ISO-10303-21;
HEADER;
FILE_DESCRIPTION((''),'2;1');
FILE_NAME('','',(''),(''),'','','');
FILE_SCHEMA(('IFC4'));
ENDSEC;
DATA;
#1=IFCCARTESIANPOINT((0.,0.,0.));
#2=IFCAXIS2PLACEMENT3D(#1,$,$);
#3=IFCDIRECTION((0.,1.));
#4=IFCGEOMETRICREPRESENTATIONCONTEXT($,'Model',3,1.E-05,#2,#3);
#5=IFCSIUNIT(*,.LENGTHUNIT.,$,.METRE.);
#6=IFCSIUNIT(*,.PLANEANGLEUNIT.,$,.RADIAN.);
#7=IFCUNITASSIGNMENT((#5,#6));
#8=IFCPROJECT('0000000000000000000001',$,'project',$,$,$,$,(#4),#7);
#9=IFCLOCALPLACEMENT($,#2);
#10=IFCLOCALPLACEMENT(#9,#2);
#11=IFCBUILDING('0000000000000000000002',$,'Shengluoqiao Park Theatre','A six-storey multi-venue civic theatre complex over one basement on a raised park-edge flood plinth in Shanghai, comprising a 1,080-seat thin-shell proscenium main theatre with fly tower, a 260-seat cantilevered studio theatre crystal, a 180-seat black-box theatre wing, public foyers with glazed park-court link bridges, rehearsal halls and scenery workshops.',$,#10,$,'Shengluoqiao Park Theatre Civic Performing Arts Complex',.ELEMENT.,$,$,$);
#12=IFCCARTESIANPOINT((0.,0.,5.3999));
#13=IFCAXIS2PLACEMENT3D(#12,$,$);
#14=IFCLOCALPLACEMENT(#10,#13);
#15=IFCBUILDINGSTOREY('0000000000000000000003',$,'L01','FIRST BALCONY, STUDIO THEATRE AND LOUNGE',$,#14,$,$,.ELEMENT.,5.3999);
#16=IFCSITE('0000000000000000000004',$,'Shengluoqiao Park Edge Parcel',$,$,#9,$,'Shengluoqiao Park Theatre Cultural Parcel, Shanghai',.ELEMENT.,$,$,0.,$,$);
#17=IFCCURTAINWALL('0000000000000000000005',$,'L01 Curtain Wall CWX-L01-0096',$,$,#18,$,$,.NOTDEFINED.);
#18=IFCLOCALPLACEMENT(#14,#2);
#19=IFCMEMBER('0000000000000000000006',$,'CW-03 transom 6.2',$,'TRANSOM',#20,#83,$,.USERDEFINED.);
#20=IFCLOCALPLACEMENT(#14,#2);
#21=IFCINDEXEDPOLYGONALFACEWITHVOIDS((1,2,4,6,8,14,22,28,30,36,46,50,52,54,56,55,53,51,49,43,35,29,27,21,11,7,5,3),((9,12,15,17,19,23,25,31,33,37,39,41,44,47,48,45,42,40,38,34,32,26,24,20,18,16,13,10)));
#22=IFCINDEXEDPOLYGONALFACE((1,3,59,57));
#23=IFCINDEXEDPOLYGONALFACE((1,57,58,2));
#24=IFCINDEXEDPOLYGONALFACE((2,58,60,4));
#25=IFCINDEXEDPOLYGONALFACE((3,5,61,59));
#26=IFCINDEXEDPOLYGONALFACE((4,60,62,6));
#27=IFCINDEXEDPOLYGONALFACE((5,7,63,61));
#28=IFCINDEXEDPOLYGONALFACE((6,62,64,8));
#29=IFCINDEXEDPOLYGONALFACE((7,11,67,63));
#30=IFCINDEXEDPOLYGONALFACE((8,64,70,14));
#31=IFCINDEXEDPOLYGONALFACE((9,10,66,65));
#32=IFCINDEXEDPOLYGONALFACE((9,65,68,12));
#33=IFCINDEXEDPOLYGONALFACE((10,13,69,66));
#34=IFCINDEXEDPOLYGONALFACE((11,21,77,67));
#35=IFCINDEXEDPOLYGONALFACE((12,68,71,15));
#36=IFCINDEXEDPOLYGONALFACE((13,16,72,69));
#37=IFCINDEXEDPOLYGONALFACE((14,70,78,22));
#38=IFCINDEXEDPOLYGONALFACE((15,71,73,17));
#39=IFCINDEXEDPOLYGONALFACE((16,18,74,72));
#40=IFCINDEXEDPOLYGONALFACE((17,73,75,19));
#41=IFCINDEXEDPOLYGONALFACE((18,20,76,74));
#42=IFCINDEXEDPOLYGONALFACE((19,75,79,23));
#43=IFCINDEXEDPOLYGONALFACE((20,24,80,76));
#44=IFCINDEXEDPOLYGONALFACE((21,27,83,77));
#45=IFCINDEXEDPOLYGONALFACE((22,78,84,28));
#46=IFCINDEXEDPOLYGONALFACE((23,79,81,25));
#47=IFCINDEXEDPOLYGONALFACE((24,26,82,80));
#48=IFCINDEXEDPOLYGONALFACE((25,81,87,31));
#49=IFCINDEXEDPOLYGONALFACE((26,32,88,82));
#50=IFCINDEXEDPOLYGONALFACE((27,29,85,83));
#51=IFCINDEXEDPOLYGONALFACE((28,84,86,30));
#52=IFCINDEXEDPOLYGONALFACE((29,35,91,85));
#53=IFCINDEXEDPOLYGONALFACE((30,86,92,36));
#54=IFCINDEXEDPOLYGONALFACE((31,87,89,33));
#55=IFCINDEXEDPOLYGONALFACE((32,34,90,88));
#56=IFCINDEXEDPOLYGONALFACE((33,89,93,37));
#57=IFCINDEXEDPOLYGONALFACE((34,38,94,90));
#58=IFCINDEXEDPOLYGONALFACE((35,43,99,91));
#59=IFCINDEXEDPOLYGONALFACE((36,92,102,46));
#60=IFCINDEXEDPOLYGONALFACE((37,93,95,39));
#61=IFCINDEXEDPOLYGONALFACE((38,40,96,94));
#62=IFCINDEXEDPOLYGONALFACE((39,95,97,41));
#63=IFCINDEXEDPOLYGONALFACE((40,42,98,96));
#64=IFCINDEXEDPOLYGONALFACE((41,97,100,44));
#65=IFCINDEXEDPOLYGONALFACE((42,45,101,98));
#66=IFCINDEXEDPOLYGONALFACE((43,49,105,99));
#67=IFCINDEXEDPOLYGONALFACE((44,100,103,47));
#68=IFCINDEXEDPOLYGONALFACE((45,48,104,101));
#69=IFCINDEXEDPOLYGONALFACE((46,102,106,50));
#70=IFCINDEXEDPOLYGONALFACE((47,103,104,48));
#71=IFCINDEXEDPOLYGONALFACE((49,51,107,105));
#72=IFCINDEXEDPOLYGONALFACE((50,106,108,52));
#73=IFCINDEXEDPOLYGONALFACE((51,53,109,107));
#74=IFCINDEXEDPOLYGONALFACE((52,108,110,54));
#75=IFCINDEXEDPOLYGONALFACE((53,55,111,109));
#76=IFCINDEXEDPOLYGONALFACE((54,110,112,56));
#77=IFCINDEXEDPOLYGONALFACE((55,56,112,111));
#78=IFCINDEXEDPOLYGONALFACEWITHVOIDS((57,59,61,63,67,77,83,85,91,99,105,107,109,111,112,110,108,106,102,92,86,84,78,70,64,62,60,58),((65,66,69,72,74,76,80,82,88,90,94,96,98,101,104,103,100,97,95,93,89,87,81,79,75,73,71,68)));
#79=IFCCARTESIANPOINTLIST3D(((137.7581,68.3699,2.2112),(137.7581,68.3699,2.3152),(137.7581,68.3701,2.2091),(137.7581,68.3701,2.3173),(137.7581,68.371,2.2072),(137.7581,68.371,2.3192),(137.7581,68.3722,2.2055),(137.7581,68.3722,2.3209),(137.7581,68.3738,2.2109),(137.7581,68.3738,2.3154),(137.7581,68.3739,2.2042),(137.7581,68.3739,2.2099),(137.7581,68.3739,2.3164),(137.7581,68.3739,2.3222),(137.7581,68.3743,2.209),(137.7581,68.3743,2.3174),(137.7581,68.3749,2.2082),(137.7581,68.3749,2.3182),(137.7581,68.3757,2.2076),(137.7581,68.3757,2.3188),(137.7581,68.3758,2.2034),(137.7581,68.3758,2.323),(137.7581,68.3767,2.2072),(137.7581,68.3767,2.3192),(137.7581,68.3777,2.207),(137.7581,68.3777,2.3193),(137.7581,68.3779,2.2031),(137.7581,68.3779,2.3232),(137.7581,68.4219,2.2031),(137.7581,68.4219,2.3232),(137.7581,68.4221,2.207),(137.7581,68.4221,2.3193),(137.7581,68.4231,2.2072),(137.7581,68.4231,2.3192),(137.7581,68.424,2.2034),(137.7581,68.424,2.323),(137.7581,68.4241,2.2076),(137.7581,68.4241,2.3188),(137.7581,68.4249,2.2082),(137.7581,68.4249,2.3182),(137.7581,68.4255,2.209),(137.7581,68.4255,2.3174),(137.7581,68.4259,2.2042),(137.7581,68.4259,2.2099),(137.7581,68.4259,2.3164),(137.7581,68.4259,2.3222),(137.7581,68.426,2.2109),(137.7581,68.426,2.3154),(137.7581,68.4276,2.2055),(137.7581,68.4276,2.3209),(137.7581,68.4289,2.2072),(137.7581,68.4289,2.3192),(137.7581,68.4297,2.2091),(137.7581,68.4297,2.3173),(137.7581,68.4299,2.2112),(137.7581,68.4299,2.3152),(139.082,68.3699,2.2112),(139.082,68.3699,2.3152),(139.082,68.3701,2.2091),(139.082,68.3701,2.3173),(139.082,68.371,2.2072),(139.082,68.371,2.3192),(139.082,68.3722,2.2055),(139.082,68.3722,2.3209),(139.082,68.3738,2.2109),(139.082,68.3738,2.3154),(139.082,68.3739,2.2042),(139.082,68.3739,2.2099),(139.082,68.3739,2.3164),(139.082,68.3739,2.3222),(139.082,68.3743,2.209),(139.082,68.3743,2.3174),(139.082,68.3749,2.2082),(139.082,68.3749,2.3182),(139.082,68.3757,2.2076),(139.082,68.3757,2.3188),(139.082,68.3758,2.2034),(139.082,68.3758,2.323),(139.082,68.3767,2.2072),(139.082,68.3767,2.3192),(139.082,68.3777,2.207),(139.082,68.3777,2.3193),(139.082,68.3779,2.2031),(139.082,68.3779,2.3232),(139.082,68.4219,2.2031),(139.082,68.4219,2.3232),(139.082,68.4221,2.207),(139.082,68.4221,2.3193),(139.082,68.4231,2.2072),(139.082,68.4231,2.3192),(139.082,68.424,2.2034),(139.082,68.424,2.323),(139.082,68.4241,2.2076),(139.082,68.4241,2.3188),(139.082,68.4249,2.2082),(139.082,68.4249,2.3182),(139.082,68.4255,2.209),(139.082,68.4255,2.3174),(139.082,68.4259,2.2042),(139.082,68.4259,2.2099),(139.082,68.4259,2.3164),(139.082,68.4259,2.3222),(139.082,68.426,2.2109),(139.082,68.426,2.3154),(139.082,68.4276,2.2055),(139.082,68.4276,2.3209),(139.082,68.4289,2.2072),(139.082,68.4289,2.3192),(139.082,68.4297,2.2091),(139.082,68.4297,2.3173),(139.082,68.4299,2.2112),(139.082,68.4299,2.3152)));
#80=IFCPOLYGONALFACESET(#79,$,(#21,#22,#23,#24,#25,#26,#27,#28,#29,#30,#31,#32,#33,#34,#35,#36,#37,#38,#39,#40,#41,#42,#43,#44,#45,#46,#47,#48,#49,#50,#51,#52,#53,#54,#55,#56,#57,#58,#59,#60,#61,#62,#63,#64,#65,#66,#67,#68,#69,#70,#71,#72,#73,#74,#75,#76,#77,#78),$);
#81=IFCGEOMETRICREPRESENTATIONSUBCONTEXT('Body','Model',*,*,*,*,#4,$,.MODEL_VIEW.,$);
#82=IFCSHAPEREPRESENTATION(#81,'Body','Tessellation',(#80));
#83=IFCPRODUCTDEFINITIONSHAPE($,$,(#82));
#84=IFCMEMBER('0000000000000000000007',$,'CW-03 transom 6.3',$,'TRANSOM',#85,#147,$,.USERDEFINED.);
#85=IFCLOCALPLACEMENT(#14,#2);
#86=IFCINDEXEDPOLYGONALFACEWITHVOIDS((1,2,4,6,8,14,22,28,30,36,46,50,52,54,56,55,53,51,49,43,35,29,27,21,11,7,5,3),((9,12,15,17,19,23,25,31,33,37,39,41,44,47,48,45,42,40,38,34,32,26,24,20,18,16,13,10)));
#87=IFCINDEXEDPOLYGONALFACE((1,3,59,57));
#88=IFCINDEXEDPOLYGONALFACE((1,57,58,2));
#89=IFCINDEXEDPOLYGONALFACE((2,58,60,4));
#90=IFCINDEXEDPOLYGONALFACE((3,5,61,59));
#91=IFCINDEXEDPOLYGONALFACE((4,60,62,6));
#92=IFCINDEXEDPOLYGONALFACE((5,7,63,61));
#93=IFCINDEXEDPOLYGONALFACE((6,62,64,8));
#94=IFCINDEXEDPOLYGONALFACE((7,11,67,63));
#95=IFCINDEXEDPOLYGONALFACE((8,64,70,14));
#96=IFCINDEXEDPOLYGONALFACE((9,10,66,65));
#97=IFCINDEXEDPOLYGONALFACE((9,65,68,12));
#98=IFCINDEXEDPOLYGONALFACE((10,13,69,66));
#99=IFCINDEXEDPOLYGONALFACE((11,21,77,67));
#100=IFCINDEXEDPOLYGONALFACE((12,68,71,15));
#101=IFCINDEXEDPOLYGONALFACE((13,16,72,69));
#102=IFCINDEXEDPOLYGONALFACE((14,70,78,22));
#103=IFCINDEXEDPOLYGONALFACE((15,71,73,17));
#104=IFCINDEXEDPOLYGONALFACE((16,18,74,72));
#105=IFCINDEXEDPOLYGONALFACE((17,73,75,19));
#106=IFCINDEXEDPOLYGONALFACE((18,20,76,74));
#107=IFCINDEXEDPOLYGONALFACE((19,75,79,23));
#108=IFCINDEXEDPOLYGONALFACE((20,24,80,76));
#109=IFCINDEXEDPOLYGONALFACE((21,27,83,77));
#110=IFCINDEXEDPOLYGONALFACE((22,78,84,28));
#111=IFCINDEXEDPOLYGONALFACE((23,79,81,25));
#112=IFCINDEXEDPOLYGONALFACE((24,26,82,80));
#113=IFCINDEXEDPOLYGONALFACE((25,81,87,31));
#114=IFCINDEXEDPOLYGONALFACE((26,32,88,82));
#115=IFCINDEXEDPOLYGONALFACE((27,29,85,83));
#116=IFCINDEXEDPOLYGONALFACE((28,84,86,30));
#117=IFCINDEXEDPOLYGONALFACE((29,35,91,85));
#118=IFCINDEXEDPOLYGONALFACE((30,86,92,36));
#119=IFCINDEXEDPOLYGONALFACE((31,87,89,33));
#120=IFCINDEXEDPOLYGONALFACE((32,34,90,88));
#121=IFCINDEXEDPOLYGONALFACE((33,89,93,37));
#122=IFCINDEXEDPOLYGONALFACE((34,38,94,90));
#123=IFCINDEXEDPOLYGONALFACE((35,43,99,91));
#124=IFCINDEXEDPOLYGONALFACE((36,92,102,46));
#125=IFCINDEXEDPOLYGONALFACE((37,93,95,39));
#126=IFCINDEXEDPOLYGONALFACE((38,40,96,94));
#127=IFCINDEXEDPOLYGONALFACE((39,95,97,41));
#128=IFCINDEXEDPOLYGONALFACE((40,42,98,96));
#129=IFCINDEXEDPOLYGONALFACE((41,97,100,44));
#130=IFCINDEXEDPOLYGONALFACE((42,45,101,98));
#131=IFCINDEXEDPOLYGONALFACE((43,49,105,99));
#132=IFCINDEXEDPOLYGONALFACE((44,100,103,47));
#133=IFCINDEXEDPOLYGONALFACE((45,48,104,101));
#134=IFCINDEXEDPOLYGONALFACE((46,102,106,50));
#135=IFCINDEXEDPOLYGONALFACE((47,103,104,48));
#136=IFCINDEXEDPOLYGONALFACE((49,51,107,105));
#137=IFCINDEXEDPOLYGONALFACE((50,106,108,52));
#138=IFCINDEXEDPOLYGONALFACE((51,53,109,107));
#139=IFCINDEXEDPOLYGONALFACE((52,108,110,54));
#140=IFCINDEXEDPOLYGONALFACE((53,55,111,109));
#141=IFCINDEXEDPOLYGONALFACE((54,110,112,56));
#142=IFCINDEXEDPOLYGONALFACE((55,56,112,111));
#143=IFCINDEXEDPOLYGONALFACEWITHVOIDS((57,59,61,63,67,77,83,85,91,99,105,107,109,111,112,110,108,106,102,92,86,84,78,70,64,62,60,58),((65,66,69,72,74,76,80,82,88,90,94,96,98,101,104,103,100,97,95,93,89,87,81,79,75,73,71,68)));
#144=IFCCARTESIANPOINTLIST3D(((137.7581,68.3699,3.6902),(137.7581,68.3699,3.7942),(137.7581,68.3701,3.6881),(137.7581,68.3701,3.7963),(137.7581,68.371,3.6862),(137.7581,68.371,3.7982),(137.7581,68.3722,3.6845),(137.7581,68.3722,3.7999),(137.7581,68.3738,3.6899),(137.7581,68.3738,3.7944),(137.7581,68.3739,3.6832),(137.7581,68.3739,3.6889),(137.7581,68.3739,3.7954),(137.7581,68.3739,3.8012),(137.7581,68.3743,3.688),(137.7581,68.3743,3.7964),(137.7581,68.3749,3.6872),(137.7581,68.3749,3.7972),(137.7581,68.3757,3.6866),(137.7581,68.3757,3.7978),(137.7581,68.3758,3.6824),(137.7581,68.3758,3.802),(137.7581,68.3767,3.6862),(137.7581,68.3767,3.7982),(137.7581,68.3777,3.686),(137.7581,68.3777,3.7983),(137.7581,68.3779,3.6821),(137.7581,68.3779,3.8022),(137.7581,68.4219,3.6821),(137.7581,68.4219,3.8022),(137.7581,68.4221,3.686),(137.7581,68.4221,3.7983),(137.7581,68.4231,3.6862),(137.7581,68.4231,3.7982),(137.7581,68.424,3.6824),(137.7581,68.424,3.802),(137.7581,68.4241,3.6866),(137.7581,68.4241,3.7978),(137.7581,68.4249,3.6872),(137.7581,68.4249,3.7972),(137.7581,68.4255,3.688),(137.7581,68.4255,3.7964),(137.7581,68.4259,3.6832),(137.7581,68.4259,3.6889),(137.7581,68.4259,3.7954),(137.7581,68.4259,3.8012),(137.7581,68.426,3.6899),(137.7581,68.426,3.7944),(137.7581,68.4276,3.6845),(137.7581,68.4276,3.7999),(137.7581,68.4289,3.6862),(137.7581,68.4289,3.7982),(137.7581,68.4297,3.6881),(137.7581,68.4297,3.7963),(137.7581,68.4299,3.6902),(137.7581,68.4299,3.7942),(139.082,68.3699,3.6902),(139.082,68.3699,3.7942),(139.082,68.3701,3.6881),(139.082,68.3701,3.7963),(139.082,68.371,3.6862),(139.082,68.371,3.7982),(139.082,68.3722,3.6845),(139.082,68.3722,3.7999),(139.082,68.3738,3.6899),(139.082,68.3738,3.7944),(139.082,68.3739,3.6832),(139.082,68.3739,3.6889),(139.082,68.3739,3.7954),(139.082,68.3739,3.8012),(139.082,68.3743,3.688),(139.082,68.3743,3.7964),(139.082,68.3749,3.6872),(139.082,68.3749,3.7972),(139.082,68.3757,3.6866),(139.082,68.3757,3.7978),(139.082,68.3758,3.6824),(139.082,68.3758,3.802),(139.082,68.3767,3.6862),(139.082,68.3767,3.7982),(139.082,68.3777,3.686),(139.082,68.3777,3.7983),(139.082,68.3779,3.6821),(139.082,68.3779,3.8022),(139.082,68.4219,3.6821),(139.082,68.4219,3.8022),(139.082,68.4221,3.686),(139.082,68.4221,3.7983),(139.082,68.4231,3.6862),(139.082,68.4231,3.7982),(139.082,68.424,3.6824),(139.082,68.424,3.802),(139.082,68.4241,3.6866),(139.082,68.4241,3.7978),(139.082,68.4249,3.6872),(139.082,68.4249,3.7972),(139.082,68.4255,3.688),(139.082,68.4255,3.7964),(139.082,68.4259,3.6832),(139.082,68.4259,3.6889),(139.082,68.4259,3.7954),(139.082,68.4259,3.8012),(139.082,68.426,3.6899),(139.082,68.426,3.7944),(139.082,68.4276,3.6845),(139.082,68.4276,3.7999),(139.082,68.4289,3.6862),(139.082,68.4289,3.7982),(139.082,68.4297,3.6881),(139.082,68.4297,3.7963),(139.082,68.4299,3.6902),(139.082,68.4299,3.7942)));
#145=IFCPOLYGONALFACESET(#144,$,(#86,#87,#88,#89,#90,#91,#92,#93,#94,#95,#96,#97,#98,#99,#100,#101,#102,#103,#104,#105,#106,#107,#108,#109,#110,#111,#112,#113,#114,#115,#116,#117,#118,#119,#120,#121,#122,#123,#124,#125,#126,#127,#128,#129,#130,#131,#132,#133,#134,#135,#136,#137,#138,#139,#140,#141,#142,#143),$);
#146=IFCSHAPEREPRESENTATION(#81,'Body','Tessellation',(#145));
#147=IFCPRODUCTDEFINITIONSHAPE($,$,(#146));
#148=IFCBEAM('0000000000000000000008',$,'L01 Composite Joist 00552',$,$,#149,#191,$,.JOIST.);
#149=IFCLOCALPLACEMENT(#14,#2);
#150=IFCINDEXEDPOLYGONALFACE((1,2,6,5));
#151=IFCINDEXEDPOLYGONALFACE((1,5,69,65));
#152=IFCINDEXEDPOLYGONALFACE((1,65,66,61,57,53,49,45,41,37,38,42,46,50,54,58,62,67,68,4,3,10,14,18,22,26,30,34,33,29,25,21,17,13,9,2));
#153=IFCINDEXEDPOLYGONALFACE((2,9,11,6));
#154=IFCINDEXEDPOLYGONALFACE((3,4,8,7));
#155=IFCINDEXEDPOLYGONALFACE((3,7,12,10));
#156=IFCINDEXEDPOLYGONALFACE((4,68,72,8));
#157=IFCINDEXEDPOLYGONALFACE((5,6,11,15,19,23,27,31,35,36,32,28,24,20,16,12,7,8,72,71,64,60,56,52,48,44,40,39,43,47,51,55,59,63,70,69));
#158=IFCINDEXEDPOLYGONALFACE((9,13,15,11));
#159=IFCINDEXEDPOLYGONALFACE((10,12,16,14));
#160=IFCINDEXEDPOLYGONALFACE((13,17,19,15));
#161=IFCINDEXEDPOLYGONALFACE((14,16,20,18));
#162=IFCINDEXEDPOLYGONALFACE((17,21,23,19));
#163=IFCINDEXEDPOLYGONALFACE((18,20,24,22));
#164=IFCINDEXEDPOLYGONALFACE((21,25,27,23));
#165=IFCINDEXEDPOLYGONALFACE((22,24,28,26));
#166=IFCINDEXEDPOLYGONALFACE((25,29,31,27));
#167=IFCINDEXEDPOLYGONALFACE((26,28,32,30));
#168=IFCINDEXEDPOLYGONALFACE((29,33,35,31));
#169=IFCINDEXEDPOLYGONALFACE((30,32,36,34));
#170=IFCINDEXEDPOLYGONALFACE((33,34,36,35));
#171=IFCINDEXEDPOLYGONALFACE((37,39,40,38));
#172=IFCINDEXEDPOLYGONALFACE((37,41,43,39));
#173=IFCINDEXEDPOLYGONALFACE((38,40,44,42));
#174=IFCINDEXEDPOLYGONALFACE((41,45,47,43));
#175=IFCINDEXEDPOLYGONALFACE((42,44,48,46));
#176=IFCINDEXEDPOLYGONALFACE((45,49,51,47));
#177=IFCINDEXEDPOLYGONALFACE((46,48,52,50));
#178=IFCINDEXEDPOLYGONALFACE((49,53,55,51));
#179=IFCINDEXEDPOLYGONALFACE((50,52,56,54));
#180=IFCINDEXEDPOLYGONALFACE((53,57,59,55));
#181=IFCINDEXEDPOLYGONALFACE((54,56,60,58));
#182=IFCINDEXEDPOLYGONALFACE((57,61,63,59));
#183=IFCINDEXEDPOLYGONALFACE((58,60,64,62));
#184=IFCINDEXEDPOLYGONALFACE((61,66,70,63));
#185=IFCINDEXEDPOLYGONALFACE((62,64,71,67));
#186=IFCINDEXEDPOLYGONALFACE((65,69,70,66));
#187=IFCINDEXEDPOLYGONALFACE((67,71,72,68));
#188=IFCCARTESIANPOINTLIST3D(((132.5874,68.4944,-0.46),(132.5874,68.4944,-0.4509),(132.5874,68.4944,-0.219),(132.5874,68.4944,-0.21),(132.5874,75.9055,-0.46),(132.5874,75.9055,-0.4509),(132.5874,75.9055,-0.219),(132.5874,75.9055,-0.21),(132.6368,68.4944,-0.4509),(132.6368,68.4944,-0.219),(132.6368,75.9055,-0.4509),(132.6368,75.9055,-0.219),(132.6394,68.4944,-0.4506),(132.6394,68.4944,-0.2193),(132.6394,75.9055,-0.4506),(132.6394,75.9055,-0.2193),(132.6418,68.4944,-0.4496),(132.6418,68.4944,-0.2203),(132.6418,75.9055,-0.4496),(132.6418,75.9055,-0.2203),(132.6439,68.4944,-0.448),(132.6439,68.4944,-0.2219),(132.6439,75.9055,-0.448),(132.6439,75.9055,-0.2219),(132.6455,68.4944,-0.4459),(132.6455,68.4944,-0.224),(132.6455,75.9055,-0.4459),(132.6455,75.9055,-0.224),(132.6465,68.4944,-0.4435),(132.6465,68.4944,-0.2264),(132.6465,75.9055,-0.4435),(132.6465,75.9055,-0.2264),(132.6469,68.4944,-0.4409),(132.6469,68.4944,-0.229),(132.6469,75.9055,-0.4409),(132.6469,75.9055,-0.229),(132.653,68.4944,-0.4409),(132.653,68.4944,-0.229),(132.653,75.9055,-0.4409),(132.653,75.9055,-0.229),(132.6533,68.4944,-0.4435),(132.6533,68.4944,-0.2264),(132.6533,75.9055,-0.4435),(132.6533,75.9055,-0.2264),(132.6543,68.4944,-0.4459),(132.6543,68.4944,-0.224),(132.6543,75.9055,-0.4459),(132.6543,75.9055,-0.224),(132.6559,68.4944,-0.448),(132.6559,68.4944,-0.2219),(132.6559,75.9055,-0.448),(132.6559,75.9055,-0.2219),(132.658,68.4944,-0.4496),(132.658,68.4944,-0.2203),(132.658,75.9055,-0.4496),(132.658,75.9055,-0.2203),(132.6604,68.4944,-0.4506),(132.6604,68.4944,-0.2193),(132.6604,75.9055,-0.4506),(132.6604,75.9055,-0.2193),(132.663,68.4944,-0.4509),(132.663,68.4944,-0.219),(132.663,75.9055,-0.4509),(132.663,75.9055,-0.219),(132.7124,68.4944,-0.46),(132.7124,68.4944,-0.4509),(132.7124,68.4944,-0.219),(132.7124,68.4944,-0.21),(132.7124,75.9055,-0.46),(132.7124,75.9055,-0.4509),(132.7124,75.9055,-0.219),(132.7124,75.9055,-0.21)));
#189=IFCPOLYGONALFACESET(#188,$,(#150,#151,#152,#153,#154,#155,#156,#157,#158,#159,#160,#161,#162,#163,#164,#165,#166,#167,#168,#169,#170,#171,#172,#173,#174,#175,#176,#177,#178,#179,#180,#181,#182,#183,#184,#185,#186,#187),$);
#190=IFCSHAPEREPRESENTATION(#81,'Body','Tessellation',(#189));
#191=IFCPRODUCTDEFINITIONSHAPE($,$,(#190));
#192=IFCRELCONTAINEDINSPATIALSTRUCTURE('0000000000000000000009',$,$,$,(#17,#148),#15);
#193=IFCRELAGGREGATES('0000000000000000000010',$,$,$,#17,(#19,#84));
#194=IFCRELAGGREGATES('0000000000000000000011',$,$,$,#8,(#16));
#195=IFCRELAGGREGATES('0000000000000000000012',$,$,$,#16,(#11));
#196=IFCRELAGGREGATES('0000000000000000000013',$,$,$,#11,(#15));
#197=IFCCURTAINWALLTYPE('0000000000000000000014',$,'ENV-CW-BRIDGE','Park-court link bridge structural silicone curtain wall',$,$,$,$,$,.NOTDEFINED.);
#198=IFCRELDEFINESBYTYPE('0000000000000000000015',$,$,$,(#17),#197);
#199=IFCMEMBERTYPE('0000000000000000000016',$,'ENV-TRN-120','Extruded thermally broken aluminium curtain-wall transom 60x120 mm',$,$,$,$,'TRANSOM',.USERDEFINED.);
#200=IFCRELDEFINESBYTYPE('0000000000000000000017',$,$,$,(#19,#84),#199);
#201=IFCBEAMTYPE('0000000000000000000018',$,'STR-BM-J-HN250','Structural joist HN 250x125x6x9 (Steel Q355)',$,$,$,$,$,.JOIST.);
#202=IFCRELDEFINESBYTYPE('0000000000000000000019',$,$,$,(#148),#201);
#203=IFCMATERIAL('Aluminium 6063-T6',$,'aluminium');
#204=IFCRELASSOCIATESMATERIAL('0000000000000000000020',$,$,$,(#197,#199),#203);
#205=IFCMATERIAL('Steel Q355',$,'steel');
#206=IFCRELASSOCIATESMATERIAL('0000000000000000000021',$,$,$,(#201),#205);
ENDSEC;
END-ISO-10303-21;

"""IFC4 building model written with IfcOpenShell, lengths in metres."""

from ifc_helpers import new_model, si_unit, direction, frame, origin, origin_2d, place, context, subcontext, project, spatial, hollow_rectangle, i_section, extrude, material, material_profile, profile_set, type_object, element, aggregate, save


model = new_model("IFC4")

# Units and contexts
model_context = context("Model", 3, precision=1e-05, world=origin(), true_north=direction((0.0, 1.0)))
body_context = subcontext(model_context, "Body", "Model", "MODEL_VIEW")
ifc_project = project(units=[si_unit("LENGTHUNIT", "METRE"), si_unit("PLANEANGLEUNIT", "RADIAN")], contexts=[model_context])

# Site, building, storey
site_placement = place(None, origin())
site = spatial("IfcSite", under=ifc_project, at=site_placement, Name="Shengluoqiao Park Edge Parcel", LongName="Shengluoqiao Park Theatre Cultural Parcel, Shanghai", CompositionType="ELEMENT", RefElevation=0.0)
building_placement = place(site_placement, origin())
building = spatial("IfcBuilding", under=site, at=building_placement, Name="Shengluoqiao Park Theatre", Description="A six-storey multi-venue civic theatre complex over one basement on a raised park-edge flood plinth in Shanghai, comprising a 1,080-seat thin-shell proscenium main theatre with fly tower, a 260-seat cantilevered studio theatre crystal, a 180-seat black-box theatre wing, public foyers with glazed park-court link bridges, rehearsal halls and scenery workshops.", LongName="Shengluoqiao Park Theatre Civic Performing Arts Complex", CompositionType="ELEMENT")
storey_placement = place(building_placement, frame((0.0, 0.0, 5.3999)))
storey = spatial("IfcBuildingStorey", under=building, at=storey_placement, Name="L01", Description="FIRST BALCONY, STUDIO THEATRE AND LOUNGE", CompositionType="ELEMENT", Elevation=5.3999)

# Curtain wall, members
ifc_material_1 = material(Name="Aluminium 6063-T6", Category="aluminium")
curtain_wall_type = type_object("IfcCurtainWallType", Name="ENV-CW-BRIDGE", Description="Park-court link bridge structural silicone curtain wall", PredefinedType="NOTDEFINED", material=ifc_material_1)
curtain_wall_placement = place(storey_placement, origin())
curtain_wall = element("IfcCurtainWall", 1, at=curtain_wall_placement, inside=storey, type_object=curtain_wall_type, Name="L01 Curtain Wall CWX-L01-0096", PredefinedType="NOTDEFINED")
ifc_material_profile_1 = material_profile(ifc_material_1, hollow_rectangle(XDim=0.0601, YDim=0.1201, WallThickness=0.0039, InnerFilletRadius=0.0039, OuterFilletRadius=0.0081, at=origin_2d()), Name="ALU TRANSOM 120x60x4")
ifc_profile_set_1 = profile_set([ifc_material_profile_1], Name="Aluminium 6063-T6")
member_type_1 = type_object("IfcMemberType", Name="ENV-TRN-120", Description="Extruded thermally broken aluminium curtain-wall transom 60x120 mm", ElementType="TRANSOM", PredefinedType="USERDEFINED", material=ifc_profile_set_1)
member_1_placement = place(storey_placement, frame((137.7581, 68.3999, 2.2632), z_axis=(1.0, 0.0, 0.0), x_axis=(0.0, 1.0, 0.0)))
member_1 = element("IfcMember", 2, at=member_1_placement, type_object=member_type_1, Name="CW-03 transom 6.2", ObjectType="TRANSOM", PredefinedType="USERDEFINED", context=body_context, shape_type="SweptSolid", body=[
    extrude(hollow_rectangle(XDim=0.0601, YDim=0.1201, WallThickness=0.0039, InnerFilletRadius=0.0039, OuterFilletRadius=0.0081, at=origin_2d()), origin(), (0.0, 0.0, 1.0), 1.324),
])
member_2_placement = place(storey_placement, frame((137.7581, 68.3999, 3.7422), z_axis=(1.0, 0.0, 0.0), x_axis=(0.0, 1.0, 0.0)))
member_2 = element("IfcMember", 3, at=member_2_placement, type_object=member_type_1, Name="CW-03 transom 6.3", ObjectType="TRANSOM", PredefinedType="USERDEFINED", context=body_context, shape_type="SweptSolid", body=[
    extrude(hollow_rectangle(XDim=0.0601, YDim=0.1201, WallThickness=0.0039, InnerFilletRadius=0.0039, OuterFilletRadius=0.0081, at=origin_2d()), origin(), (0.0, 0.0, 1.0), 1.324),
])

# Beam
ifc_material_2 = material(Name="Steel Q355", Category="steel")
ifc_material_profile_2 = material_profile(ifc_material_2, i_section(OverallWidth=0.125, OverallDepth=0.25, WebThickness=0.0061, FlangeThickness=0.009, FilletRadius=0.01, at=origin_2d()), Name="HN 250x125x6x9")
ifc_profile_set_2 = profile_set([ifc_material_profile_2], Name="Steel Q355")
beam_type_1 = type_object("IfcBeamType", Name="STR-BM-J-HN250", Description="Structural joist HN 250x125x6x9 (Steel Q355)", PredefinedType="JOIST", material=ifc_profile_set_2)
for number, where, z_axis, x_axis, name in (
    (4, (132.6499, 68.4944, -0.335), (0.0, 1.0, 0.0), (-1.0, 0.0, 0.0), "L01 Composite Joist 00552"),
):
    element("IfcBeam", number, at=place(storey_placement, frame(where, z_axis=z_axis, x_axis=x_axis)), inside=storey, type_object=beam_type_1, Name=name, PredefinedType="JOIST", context=body_context, shape_type="SweptSolid", body=[
        extrude(i_section(OverallWidth=0.125, OverallDepth=0.25, WebThickness=0.0061, FlangeThickness=0.009, FilletRadius=0.01, at=origin_2d()), origin(), (0.0, 0.0, 1.0), 7.4111),
    ])

aggregate(curtain_wall, [member_1, member_2])

save(model, "model.ifc")
